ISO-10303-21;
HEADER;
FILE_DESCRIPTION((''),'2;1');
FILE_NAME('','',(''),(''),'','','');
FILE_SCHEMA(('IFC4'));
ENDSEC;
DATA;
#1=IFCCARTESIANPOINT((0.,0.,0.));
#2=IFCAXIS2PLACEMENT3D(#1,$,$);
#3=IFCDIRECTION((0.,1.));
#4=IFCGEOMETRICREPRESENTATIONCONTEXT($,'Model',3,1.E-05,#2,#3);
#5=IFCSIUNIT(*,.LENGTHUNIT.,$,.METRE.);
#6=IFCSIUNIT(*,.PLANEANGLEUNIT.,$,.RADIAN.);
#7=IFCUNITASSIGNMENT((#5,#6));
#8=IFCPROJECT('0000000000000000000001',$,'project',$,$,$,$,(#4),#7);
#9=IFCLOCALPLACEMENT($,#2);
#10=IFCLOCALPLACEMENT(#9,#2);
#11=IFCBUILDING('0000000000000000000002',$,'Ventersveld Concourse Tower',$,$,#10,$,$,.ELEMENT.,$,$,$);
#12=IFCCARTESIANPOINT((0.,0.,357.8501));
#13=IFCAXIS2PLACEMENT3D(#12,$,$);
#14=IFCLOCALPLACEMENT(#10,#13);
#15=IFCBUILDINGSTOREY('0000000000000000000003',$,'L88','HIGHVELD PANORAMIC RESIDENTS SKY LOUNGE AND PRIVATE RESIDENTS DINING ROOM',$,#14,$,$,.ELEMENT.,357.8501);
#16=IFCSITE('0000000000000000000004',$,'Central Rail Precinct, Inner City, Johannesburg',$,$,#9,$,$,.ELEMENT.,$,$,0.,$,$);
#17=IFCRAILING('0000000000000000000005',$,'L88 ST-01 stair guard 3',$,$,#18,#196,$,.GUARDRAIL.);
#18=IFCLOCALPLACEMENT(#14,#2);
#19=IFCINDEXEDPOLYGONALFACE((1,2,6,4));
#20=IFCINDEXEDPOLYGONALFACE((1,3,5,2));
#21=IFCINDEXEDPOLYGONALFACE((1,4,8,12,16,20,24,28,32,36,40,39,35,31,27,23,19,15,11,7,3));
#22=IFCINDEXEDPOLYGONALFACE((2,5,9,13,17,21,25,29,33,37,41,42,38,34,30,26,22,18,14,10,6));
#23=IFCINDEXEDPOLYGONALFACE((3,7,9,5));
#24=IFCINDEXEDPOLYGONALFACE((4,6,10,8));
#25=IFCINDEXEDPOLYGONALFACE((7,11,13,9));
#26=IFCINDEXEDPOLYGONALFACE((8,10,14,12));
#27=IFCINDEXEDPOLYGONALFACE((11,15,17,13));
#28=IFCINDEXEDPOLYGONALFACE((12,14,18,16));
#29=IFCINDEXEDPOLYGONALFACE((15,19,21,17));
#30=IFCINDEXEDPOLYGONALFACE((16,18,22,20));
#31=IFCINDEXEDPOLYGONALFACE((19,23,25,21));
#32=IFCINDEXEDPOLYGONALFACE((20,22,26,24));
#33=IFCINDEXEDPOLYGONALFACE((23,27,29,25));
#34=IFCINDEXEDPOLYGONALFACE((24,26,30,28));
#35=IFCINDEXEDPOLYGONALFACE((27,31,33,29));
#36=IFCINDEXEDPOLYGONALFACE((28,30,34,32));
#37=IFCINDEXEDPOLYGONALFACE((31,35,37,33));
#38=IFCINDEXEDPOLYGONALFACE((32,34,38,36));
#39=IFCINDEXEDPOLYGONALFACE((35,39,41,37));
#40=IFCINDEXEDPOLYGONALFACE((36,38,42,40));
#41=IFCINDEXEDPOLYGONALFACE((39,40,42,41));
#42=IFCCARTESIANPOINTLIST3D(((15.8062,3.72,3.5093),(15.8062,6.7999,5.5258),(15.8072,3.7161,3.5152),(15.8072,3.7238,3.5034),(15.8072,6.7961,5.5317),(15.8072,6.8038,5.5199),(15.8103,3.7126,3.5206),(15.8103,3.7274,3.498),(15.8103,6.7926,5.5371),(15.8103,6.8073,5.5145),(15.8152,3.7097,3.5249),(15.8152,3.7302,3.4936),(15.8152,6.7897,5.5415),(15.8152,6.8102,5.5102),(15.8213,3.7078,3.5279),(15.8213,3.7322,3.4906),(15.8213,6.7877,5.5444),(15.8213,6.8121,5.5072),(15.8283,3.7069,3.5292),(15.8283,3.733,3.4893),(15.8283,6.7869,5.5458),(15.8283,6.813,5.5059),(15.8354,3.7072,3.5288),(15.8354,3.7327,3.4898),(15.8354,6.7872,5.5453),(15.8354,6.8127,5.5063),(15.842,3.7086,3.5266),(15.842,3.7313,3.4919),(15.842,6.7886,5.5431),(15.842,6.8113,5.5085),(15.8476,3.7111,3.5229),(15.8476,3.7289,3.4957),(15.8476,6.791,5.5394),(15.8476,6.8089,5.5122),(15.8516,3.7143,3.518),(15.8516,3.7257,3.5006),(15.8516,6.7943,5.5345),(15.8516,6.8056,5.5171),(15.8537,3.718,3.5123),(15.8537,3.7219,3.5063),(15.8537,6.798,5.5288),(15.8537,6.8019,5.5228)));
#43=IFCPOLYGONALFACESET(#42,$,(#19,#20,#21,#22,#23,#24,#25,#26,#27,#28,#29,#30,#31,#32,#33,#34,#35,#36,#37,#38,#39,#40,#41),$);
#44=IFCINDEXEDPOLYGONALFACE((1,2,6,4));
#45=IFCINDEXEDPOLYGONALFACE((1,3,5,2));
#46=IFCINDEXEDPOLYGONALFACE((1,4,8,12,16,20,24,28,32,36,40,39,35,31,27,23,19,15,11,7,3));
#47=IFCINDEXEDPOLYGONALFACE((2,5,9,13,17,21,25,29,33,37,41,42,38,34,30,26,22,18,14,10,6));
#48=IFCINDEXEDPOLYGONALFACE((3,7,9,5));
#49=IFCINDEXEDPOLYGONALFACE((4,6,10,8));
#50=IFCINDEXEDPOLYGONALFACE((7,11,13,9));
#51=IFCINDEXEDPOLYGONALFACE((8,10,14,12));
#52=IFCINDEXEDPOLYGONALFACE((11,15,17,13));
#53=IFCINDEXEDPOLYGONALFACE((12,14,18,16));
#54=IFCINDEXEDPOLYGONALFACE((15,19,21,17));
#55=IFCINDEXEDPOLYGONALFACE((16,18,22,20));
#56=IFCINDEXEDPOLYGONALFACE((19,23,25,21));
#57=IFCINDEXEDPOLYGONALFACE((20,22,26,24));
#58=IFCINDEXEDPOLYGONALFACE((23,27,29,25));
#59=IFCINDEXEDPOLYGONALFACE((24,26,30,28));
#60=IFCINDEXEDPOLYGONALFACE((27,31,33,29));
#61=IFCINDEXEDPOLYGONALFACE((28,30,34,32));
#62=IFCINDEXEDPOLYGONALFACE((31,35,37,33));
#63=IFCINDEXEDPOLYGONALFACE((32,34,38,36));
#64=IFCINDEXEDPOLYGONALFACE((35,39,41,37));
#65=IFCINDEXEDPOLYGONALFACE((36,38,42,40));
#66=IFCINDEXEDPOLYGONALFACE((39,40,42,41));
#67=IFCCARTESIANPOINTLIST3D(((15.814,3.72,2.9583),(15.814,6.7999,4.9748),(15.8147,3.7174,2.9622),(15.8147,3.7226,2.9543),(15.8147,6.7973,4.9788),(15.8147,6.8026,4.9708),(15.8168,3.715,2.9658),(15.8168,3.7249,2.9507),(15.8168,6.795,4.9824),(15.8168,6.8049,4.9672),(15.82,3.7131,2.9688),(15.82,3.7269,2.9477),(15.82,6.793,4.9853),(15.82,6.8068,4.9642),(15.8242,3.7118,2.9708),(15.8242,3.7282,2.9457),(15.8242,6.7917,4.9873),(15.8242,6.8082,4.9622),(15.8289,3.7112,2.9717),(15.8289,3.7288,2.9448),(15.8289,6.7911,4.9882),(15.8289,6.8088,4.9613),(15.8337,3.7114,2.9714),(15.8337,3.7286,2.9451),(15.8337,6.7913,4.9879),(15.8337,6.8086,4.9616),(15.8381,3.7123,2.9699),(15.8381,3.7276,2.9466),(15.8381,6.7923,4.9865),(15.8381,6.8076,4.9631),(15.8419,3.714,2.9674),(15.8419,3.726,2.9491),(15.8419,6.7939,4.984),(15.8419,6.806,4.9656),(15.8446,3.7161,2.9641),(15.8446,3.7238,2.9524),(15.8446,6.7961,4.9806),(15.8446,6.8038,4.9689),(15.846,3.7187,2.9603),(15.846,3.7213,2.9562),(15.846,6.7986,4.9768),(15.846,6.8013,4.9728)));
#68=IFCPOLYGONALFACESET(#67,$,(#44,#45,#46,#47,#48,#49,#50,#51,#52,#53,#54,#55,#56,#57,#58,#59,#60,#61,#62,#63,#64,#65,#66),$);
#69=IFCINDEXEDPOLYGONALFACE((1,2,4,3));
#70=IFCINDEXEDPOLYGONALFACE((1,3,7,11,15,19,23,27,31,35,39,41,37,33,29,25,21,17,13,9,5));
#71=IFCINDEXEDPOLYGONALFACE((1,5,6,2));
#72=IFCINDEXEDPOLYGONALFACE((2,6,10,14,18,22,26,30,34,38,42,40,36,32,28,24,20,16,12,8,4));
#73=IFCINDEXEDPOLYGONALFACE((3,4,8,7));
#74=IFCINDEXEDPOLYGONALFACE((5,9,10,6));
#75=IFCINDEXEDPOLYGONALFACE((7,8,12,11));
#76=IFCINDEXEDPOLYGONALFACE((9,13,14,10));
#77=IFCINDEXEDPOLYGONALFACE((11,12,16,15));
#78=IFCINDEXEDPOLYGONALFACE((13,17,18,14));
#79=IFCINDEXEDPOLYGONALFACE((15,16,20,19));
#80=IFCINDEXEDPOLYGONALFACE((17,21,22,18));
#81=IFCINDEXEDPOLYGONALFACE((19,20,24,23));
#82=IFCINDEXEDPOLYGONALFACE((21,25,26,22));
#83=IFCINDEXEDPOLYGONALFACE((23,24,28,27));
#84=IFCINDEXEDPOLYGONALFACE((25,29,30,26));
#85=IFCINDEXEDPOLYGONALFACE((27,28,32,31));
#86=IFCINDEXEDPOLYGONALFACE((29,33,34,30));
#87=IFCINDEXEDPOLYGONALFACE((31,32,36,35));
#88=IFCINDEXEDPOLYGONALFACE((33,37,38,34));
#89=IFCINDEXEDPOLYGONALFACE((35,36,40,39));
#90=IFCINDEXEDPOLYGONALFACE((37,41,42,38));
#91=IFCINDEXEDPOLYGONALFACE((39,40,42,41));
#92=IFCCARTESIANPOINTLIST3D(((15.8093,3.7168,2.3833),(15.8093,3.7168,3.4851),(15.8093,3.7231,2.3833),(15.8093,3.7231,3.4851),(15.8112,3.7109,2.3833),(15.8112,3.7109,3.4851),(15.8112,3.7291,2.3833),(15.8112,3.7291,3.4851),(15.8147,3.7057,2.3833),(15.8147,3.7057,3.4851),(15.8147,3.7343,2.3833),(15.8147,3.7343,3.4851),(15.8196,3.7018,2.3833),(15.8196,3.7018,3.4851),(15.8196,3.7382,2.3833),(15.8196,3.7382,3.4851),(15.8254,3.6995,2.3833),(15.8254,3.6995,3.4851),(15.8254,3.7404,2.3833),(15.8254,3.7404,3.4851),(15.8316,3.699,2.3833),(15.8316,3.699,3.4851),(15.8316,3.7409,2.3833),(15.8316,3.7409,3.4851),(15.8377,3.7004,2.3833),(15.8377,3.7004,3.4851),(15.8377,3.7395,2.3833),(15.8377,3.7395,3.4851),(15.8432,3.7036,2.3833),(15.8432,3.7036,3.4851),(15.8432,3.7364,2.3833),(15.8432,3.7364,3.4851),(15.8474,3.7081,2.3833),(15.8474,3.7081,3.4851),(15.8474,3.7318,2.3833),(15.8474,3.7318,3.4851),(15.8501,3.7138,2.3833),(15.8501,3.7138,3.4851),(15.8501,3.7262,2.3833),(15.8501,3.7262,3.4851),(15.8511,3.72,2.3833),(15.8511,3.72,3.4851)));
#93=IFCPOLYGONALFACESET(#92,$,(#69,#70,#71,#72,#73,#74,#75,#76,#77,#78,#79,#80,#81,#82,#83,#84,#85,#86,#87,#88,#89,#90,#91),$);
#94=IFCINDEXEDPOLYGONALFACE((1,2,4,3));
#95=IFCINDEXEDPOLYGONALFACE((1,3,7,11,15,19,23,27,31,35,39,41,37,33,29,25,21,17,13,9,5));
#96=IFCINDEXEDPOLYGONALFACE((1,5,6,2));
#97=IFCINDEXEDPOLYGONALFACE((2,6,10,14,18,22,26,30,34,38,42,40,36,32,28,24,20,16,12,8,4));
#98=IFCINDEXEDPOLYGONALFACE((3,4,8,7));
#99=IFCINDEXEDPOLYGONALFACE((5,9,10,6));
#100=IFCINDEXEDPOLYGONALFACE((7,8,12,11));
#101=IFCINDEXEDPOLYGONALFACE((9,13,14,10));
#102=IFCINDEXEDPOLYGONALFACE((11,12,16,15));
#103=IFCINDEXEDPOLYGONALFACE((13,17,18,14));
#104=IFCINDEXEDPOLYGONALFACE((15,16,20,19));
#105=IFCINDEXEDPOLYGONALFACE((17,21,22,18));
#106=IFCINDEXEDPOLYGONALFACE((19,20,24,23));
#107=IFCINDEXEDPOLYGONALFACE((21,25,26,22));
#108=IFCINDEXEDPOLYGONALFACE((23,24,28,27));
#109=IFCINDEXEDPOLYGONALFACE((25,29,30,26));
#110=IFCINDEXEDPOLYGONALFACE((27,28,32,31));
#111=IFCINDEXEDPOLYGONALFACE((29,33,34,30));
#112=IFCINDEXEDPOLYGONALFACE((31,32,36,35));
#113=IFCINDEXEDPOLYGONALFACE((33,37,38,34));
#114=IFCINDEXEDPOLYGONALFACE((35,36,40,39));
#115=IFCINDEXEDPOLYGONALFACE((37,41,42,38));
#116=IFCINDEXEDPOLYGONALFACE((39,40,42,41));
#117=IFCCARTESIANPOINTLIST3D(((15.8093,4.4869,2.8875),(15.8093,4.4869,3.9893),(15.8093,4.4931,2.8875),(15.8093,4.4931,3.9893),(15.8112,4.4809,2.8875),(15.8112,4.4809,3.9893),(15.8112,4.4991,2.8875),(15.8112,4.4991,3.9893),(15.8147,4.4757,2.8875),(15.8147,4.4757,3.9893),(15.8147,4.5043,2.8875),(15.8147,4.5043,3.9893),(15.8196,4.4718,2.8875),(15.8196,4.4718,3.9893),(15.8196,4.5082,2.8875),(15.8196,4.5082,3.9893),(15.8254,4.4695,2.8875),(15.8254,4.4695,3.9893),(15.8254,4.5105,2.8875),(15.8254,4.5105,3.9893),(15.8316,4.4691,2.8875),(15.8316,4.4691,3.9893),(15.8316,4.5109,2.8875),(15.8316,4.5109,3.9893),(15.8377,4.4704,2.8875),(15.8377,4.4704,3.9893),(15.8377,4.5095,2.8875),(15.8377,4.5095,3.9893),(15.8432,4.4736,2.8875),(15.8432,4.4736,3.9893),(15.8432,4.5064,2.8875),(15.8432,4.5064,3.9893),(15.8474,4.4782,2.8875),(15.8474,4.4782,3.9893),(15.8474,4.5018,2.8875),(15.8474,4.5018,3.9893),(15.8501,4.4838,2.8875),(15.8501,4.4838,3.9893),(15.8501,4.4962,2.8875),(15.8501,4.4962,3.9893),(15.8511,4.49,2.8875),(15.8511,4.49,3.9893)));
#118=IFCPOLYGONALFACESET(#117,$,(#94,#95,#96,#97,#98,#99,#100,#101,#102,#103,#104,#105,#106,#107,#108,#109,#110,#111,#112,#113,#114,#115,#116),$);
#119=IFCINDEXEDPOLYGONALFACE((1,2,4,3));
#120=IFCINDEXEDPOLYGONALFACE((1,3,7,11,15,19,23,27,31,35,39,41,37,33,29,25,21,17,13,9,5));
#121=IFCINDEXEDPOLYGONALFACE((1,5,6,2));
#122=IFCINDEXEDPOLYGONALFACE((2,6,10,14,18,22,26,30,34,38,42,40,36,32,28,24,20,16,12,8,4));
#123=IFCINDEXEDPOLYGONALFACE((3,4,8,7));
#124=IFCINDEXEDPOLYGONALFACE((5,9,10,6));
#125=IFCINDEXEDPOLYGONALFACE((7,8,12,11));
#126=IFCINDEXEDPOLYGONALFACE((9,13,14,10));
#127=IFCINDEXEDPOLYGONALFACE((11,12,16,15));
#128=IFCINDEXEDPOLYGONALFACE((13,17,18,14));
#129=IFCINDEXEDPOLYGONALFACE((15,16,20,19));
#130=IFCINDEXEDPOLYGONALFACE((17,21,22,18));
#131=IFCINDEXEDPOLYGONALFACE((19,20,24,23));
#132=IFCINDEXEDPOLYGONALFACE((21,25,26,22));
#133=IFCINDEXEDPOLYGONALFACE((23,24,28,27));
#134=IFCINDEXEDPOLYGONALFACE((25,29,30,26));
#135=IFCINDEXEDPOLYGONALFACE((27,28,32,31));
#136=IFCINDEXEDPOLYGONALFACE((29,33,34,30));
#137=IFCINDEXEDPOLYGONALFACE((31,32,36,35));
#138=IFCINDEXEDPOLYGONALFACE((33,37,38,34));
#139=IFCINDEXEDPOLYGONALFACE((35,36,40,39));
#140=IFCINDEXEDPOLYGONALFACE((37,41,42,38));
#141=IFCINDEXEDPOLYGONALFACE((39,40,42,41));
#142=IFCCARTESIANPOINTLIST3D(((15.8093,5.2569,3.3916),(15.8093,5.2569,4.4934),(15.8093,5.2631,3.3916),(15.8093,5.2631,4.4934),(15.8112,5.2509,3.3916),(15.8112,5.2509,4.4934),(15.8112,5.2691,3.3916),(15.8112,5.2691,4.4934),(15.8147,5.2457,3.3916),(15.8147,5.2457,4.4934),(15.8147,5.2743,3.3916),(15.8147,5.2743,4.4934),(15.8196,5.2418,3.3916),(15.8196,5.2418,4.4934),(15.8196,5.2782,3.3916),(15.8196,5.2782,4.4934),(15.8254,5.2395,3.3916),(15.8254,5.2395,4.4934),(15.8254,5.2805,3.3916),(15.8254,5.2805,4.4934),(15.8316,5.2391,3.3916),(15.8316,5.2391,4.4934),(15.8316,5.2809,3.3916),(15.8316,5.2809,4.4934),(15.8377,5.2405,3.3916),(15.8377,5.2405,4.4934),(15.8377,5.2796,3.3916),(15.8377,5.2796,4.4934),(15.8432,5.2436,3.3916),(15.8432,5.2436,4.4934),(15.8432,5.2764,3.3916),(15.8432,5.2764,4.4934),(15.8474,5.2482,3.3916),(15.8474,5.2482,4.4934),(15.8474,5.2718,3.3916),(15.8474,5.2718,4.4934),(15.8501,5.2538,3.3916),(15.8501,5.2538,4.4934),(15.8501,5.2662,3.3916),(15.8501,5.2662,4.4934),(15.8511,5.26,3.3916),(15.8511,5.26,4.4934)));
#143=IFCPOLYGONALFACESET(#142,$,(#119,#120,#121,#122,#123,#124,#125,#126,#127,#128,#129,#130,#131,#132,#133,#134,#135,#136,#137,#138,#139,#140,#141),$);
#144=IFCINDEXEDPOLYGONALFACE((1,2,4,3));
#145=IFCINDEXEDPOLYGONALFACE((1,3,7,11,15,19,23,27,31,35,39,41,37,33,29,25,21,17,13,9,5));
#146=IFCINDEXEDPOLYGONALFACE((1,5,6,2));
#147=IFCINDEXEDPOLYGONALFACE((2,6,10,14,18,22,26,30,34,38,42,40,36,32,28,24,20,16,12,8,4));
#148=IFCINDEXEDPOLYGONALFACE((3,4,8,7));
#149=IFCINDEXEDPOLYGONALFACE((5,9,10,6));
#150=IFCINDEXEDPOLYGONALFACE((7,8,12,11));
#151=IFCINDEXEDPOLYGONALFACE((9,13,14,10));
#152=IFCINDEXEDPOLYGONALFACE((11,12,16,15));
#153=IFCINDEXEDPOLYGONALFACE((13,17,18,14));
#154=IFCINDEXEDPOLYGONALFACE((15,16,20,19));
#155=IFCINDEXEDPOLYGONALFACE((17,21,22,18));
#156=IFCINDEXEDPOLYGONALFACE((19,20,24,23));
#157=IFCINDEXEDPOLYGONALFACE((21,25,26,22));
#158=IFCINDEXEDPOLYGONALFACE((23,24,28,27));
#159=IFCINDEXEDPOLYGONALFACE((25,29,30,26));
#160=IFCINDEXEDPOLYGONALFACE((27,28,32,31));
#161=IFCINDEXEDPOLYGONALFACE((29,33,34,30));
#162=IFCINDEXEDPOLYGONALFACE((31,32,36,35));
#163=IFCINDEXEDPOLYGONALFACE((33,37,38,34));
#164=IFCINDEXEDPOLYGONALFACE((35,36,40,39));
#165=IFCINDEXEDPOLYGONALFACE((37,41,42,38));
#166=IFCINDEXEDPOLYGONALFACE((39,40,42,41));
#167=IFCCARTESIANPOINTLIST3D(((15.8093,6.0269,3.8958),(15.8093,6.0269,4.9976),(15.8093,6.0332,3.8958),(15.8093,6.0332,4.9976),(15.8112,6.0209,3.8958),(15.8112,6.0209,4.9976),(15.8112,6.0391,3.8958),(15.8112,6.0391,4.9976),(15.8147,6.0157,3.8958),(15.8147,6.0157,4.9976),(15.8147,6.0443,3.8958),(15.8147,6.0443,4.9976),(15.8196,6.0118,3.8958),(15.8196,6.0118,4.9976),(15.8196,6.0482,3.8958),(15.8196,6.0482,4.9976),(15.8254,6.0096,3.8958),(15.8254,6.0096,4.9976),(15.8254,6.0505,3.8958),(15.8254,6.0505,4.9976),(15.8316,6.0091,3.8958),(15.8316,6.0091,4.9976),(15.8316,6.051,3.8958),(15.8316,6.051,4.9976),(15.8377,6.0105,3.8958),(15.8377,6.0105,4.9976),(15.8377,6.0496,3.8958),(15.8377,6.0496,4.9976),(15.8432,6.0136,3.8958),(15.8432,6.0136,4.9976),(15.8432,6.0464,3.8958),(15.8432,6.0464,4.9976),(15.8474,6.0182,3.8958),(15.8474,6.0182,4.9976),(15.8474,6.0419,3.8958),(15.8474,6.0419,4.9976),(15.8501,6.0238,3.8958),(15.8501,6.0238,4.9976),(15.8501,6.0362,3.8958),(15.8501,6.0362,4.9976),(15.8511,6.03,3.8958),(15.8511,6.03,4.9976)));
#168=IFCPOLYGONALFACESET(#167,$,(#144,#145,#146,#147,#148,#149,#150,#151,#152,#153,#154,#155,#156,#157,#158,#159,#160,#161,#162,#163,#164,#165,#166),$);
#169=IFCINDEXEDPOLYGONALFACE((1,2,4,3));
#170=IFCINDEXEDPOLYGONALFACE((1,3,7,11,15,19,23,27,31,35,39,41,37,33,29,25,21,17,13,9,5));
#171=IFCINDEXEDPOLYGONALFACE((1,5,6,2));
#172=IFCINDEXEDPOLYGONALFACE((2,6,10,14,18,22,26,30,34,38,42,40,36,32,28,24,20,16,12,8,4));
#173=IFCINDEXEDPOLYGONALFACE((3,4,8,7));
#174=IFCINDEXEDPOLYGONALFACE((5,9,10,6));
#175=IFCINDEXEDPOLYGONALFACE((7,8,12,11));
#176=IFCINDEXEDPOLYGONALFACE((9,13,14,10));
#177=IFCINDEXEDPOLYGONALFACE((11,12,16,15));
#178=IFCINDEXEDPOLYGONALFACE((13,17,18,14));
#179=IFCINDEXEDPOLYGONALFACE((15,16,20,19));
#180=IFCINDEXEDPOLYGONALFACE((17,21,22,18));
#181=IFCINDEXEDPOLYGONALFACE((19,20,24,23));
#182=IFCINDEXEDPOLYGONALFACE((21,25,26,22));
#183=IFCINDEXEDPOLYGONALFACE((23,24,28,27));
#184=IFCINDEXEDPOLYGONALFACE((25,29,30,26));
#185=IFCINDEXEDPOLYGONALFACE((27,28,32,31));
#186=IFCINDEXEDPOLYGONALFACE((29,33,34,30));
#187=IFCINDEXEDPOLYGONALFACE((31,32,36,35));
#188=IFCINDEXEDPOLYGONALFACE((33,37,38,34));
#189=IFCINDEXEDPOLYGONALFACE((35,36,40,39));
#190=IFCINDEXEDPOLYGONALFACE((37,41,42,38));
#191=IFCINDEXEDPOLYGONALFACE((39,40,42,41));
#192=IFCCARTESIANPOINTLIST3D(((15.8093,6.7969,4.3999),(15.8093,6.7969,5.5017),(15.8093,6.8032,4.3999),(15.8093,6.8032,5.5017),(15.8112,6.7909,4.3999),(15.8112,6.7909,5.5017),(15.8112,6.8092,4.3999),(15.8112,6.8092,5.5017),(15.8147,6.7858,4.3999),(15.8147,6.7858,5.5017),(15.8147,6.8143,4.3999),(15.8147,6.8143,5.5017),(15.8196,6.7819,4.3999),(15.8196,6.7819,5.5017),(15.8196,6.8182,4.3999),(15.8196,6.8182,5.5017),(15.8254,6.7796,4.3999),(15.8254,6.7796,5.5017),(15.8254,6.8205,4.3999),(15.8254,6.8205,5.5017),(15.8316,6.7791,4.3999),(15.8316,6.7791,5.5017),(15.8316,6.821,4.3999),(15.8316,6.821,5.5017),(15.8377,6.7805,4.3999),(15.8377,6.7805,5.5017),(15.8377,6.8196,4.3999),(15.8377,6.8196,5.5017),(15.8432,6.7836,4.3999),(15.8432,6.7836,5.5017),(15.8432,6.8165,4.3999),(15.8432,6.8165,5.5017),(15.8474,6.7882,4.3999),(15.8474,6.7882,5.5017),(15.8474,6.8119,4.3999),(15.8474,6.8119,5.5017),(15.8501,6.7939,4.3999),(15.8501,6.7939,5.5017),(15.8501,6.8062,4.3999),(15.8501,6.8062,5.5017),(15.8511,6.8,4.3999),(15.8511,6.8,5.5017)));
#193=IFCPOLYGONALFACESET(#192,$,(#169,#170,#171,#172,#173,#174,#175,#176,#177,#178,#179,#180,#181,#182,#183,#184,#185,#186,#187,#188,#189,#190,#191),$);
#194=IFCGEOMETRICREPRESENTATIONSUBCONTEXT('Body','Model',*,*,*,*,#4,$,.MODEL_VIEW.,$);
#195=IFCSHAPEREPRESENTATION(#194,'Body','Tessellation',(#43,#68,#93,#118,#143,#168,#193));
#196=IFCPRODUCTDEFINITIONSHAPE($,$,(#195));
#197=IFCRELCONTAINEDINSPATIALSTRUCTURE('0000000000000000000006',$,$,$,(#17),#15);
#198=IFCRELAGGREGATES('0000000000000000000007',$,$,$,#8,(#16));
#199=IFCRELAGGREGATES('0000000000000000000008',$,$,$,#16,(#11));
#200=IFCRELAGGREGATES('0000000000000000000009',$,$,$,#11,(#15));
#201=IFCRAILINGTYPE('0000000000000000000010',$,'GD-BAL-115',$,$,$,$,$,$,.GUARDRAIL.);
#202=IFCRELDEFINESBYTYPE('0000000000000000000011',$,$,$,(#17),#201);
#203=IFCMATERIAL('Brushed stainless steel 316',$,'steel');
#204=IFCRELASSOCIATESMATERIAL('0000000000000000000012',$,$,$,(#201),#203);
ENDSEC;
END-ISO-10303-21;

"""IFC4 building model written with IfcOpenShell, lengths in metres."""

from ifc_helpers import new_model, si_unit, direction, frame, origin, origin_2d, place, context, subcontext, project, spatial, circle, extrude, material, type_object, element, save


model = new_model("IFC4")

# Units and contexts
model_context = context("Model", 3, precision=1e-05, world=origin(), true_north=direction((0.0, 1.0)))
body_context = subcontext(model_context, "Body", "Model", "MODEL_VIEW")
ifc_project = project(units=[si_unit("LENGTHUNIT", "METRE"), si_unit("PLANEANGLEUNIT", "RADIAN")], contexts=[model_context])

# Site, building, storey
site_placement = place(None, origin())
site = spatial("IfcSite", under=ifc_project, at=site_placement, Name="Central Rail Precinct, Inner City, Johannesburg", CompositionType="ELEMENT", RefElevation=0.0)
building_placement = place(site_placement, origin())
building = spatial("IfcBuilding", under=site, at=building_placement, Name="Ventersveld Concourse Tower", CompositionType="ELEMENT")
storey_placement = place(building_placement, frame((0.0, 0.0, 357.8501)))
storey = spatial("IfcBuildingStorey", under=building, at=storey_placement, Name="L88", Description="HIGHVELD PANORAMIC RESIDENTS SKY LOUNGE AND PRIVATE RESIDENTS DINING ROOM", CompositionType="ELEMENT", Elevation=357.8501)

# Shared definitions
ifc_material_1 = material(Name="Brushed stainless steel 316", Category="steel")

# Railing
railing_type_1 = type_object("IfcRailingType", Name="GD-BAL-115", PredefinedType="GUARDRAIL", material=ifc_material_1)
railing_1_placement = place(storey_placement, frame((15.8301, 3.72, 2.3833)))
element("IfcRailing", 1, at=railing_1_placement, inside=storey, type_object=railing_type_1, Name="L88 ST-01 stair guard 3", PredefinedType="GUARDRAIL", context=body_context, shape_type="SweptSolid", body=[
    extrude(circle(Radius=0.0239, at=origin_2d()), frame((0.0, 0.0, 1.126), z_axis=(0.0, 0.836633, 0.547764), x_axis=(-1.0, 0.0, 0.0)), (0.0, 0.0, 1.0), 3.6814),
    extrude(circle(Radius=0.0161, at=origin_2d()), frame((0.0, 0.0, 0.575), z_axis=(0.0, 0.836633, 0.547764), x_axis=(-1.0, 0.0, 0.0)), (0.0, 0.0, 1.0), 3.6814),
    extrude(circle(Radius=0.021, at=origin_2d()), origin(), (0.0, 0.0, 1.0), 1.1018),
    extrude(circle(Radius=0.021, at=origin_2d()), frame((0.0, 0.77, 0.5042)), (0.0, 0.0, 1.0), 1.1018),
    extrude(circle(Radius=0.021, at=origin_2d()), frame((0.0, 1.54, 1.0083)), (0.0, 0.0, 1.0), 1.1018),
    extrude(circle(Radius=0.021, at=origin_2d()), frame((0.0, 2.3101, 1.5125)), (0.0, 0.0, 1.0), 1.1018),
    extrude(circle(Radius=0.021, at=origin_2d()), frame((0.0, 3.0801, 2.0166)), (0.0, 0.0, 1.0), 1.1018),
])

save(model, "model.ifc")
